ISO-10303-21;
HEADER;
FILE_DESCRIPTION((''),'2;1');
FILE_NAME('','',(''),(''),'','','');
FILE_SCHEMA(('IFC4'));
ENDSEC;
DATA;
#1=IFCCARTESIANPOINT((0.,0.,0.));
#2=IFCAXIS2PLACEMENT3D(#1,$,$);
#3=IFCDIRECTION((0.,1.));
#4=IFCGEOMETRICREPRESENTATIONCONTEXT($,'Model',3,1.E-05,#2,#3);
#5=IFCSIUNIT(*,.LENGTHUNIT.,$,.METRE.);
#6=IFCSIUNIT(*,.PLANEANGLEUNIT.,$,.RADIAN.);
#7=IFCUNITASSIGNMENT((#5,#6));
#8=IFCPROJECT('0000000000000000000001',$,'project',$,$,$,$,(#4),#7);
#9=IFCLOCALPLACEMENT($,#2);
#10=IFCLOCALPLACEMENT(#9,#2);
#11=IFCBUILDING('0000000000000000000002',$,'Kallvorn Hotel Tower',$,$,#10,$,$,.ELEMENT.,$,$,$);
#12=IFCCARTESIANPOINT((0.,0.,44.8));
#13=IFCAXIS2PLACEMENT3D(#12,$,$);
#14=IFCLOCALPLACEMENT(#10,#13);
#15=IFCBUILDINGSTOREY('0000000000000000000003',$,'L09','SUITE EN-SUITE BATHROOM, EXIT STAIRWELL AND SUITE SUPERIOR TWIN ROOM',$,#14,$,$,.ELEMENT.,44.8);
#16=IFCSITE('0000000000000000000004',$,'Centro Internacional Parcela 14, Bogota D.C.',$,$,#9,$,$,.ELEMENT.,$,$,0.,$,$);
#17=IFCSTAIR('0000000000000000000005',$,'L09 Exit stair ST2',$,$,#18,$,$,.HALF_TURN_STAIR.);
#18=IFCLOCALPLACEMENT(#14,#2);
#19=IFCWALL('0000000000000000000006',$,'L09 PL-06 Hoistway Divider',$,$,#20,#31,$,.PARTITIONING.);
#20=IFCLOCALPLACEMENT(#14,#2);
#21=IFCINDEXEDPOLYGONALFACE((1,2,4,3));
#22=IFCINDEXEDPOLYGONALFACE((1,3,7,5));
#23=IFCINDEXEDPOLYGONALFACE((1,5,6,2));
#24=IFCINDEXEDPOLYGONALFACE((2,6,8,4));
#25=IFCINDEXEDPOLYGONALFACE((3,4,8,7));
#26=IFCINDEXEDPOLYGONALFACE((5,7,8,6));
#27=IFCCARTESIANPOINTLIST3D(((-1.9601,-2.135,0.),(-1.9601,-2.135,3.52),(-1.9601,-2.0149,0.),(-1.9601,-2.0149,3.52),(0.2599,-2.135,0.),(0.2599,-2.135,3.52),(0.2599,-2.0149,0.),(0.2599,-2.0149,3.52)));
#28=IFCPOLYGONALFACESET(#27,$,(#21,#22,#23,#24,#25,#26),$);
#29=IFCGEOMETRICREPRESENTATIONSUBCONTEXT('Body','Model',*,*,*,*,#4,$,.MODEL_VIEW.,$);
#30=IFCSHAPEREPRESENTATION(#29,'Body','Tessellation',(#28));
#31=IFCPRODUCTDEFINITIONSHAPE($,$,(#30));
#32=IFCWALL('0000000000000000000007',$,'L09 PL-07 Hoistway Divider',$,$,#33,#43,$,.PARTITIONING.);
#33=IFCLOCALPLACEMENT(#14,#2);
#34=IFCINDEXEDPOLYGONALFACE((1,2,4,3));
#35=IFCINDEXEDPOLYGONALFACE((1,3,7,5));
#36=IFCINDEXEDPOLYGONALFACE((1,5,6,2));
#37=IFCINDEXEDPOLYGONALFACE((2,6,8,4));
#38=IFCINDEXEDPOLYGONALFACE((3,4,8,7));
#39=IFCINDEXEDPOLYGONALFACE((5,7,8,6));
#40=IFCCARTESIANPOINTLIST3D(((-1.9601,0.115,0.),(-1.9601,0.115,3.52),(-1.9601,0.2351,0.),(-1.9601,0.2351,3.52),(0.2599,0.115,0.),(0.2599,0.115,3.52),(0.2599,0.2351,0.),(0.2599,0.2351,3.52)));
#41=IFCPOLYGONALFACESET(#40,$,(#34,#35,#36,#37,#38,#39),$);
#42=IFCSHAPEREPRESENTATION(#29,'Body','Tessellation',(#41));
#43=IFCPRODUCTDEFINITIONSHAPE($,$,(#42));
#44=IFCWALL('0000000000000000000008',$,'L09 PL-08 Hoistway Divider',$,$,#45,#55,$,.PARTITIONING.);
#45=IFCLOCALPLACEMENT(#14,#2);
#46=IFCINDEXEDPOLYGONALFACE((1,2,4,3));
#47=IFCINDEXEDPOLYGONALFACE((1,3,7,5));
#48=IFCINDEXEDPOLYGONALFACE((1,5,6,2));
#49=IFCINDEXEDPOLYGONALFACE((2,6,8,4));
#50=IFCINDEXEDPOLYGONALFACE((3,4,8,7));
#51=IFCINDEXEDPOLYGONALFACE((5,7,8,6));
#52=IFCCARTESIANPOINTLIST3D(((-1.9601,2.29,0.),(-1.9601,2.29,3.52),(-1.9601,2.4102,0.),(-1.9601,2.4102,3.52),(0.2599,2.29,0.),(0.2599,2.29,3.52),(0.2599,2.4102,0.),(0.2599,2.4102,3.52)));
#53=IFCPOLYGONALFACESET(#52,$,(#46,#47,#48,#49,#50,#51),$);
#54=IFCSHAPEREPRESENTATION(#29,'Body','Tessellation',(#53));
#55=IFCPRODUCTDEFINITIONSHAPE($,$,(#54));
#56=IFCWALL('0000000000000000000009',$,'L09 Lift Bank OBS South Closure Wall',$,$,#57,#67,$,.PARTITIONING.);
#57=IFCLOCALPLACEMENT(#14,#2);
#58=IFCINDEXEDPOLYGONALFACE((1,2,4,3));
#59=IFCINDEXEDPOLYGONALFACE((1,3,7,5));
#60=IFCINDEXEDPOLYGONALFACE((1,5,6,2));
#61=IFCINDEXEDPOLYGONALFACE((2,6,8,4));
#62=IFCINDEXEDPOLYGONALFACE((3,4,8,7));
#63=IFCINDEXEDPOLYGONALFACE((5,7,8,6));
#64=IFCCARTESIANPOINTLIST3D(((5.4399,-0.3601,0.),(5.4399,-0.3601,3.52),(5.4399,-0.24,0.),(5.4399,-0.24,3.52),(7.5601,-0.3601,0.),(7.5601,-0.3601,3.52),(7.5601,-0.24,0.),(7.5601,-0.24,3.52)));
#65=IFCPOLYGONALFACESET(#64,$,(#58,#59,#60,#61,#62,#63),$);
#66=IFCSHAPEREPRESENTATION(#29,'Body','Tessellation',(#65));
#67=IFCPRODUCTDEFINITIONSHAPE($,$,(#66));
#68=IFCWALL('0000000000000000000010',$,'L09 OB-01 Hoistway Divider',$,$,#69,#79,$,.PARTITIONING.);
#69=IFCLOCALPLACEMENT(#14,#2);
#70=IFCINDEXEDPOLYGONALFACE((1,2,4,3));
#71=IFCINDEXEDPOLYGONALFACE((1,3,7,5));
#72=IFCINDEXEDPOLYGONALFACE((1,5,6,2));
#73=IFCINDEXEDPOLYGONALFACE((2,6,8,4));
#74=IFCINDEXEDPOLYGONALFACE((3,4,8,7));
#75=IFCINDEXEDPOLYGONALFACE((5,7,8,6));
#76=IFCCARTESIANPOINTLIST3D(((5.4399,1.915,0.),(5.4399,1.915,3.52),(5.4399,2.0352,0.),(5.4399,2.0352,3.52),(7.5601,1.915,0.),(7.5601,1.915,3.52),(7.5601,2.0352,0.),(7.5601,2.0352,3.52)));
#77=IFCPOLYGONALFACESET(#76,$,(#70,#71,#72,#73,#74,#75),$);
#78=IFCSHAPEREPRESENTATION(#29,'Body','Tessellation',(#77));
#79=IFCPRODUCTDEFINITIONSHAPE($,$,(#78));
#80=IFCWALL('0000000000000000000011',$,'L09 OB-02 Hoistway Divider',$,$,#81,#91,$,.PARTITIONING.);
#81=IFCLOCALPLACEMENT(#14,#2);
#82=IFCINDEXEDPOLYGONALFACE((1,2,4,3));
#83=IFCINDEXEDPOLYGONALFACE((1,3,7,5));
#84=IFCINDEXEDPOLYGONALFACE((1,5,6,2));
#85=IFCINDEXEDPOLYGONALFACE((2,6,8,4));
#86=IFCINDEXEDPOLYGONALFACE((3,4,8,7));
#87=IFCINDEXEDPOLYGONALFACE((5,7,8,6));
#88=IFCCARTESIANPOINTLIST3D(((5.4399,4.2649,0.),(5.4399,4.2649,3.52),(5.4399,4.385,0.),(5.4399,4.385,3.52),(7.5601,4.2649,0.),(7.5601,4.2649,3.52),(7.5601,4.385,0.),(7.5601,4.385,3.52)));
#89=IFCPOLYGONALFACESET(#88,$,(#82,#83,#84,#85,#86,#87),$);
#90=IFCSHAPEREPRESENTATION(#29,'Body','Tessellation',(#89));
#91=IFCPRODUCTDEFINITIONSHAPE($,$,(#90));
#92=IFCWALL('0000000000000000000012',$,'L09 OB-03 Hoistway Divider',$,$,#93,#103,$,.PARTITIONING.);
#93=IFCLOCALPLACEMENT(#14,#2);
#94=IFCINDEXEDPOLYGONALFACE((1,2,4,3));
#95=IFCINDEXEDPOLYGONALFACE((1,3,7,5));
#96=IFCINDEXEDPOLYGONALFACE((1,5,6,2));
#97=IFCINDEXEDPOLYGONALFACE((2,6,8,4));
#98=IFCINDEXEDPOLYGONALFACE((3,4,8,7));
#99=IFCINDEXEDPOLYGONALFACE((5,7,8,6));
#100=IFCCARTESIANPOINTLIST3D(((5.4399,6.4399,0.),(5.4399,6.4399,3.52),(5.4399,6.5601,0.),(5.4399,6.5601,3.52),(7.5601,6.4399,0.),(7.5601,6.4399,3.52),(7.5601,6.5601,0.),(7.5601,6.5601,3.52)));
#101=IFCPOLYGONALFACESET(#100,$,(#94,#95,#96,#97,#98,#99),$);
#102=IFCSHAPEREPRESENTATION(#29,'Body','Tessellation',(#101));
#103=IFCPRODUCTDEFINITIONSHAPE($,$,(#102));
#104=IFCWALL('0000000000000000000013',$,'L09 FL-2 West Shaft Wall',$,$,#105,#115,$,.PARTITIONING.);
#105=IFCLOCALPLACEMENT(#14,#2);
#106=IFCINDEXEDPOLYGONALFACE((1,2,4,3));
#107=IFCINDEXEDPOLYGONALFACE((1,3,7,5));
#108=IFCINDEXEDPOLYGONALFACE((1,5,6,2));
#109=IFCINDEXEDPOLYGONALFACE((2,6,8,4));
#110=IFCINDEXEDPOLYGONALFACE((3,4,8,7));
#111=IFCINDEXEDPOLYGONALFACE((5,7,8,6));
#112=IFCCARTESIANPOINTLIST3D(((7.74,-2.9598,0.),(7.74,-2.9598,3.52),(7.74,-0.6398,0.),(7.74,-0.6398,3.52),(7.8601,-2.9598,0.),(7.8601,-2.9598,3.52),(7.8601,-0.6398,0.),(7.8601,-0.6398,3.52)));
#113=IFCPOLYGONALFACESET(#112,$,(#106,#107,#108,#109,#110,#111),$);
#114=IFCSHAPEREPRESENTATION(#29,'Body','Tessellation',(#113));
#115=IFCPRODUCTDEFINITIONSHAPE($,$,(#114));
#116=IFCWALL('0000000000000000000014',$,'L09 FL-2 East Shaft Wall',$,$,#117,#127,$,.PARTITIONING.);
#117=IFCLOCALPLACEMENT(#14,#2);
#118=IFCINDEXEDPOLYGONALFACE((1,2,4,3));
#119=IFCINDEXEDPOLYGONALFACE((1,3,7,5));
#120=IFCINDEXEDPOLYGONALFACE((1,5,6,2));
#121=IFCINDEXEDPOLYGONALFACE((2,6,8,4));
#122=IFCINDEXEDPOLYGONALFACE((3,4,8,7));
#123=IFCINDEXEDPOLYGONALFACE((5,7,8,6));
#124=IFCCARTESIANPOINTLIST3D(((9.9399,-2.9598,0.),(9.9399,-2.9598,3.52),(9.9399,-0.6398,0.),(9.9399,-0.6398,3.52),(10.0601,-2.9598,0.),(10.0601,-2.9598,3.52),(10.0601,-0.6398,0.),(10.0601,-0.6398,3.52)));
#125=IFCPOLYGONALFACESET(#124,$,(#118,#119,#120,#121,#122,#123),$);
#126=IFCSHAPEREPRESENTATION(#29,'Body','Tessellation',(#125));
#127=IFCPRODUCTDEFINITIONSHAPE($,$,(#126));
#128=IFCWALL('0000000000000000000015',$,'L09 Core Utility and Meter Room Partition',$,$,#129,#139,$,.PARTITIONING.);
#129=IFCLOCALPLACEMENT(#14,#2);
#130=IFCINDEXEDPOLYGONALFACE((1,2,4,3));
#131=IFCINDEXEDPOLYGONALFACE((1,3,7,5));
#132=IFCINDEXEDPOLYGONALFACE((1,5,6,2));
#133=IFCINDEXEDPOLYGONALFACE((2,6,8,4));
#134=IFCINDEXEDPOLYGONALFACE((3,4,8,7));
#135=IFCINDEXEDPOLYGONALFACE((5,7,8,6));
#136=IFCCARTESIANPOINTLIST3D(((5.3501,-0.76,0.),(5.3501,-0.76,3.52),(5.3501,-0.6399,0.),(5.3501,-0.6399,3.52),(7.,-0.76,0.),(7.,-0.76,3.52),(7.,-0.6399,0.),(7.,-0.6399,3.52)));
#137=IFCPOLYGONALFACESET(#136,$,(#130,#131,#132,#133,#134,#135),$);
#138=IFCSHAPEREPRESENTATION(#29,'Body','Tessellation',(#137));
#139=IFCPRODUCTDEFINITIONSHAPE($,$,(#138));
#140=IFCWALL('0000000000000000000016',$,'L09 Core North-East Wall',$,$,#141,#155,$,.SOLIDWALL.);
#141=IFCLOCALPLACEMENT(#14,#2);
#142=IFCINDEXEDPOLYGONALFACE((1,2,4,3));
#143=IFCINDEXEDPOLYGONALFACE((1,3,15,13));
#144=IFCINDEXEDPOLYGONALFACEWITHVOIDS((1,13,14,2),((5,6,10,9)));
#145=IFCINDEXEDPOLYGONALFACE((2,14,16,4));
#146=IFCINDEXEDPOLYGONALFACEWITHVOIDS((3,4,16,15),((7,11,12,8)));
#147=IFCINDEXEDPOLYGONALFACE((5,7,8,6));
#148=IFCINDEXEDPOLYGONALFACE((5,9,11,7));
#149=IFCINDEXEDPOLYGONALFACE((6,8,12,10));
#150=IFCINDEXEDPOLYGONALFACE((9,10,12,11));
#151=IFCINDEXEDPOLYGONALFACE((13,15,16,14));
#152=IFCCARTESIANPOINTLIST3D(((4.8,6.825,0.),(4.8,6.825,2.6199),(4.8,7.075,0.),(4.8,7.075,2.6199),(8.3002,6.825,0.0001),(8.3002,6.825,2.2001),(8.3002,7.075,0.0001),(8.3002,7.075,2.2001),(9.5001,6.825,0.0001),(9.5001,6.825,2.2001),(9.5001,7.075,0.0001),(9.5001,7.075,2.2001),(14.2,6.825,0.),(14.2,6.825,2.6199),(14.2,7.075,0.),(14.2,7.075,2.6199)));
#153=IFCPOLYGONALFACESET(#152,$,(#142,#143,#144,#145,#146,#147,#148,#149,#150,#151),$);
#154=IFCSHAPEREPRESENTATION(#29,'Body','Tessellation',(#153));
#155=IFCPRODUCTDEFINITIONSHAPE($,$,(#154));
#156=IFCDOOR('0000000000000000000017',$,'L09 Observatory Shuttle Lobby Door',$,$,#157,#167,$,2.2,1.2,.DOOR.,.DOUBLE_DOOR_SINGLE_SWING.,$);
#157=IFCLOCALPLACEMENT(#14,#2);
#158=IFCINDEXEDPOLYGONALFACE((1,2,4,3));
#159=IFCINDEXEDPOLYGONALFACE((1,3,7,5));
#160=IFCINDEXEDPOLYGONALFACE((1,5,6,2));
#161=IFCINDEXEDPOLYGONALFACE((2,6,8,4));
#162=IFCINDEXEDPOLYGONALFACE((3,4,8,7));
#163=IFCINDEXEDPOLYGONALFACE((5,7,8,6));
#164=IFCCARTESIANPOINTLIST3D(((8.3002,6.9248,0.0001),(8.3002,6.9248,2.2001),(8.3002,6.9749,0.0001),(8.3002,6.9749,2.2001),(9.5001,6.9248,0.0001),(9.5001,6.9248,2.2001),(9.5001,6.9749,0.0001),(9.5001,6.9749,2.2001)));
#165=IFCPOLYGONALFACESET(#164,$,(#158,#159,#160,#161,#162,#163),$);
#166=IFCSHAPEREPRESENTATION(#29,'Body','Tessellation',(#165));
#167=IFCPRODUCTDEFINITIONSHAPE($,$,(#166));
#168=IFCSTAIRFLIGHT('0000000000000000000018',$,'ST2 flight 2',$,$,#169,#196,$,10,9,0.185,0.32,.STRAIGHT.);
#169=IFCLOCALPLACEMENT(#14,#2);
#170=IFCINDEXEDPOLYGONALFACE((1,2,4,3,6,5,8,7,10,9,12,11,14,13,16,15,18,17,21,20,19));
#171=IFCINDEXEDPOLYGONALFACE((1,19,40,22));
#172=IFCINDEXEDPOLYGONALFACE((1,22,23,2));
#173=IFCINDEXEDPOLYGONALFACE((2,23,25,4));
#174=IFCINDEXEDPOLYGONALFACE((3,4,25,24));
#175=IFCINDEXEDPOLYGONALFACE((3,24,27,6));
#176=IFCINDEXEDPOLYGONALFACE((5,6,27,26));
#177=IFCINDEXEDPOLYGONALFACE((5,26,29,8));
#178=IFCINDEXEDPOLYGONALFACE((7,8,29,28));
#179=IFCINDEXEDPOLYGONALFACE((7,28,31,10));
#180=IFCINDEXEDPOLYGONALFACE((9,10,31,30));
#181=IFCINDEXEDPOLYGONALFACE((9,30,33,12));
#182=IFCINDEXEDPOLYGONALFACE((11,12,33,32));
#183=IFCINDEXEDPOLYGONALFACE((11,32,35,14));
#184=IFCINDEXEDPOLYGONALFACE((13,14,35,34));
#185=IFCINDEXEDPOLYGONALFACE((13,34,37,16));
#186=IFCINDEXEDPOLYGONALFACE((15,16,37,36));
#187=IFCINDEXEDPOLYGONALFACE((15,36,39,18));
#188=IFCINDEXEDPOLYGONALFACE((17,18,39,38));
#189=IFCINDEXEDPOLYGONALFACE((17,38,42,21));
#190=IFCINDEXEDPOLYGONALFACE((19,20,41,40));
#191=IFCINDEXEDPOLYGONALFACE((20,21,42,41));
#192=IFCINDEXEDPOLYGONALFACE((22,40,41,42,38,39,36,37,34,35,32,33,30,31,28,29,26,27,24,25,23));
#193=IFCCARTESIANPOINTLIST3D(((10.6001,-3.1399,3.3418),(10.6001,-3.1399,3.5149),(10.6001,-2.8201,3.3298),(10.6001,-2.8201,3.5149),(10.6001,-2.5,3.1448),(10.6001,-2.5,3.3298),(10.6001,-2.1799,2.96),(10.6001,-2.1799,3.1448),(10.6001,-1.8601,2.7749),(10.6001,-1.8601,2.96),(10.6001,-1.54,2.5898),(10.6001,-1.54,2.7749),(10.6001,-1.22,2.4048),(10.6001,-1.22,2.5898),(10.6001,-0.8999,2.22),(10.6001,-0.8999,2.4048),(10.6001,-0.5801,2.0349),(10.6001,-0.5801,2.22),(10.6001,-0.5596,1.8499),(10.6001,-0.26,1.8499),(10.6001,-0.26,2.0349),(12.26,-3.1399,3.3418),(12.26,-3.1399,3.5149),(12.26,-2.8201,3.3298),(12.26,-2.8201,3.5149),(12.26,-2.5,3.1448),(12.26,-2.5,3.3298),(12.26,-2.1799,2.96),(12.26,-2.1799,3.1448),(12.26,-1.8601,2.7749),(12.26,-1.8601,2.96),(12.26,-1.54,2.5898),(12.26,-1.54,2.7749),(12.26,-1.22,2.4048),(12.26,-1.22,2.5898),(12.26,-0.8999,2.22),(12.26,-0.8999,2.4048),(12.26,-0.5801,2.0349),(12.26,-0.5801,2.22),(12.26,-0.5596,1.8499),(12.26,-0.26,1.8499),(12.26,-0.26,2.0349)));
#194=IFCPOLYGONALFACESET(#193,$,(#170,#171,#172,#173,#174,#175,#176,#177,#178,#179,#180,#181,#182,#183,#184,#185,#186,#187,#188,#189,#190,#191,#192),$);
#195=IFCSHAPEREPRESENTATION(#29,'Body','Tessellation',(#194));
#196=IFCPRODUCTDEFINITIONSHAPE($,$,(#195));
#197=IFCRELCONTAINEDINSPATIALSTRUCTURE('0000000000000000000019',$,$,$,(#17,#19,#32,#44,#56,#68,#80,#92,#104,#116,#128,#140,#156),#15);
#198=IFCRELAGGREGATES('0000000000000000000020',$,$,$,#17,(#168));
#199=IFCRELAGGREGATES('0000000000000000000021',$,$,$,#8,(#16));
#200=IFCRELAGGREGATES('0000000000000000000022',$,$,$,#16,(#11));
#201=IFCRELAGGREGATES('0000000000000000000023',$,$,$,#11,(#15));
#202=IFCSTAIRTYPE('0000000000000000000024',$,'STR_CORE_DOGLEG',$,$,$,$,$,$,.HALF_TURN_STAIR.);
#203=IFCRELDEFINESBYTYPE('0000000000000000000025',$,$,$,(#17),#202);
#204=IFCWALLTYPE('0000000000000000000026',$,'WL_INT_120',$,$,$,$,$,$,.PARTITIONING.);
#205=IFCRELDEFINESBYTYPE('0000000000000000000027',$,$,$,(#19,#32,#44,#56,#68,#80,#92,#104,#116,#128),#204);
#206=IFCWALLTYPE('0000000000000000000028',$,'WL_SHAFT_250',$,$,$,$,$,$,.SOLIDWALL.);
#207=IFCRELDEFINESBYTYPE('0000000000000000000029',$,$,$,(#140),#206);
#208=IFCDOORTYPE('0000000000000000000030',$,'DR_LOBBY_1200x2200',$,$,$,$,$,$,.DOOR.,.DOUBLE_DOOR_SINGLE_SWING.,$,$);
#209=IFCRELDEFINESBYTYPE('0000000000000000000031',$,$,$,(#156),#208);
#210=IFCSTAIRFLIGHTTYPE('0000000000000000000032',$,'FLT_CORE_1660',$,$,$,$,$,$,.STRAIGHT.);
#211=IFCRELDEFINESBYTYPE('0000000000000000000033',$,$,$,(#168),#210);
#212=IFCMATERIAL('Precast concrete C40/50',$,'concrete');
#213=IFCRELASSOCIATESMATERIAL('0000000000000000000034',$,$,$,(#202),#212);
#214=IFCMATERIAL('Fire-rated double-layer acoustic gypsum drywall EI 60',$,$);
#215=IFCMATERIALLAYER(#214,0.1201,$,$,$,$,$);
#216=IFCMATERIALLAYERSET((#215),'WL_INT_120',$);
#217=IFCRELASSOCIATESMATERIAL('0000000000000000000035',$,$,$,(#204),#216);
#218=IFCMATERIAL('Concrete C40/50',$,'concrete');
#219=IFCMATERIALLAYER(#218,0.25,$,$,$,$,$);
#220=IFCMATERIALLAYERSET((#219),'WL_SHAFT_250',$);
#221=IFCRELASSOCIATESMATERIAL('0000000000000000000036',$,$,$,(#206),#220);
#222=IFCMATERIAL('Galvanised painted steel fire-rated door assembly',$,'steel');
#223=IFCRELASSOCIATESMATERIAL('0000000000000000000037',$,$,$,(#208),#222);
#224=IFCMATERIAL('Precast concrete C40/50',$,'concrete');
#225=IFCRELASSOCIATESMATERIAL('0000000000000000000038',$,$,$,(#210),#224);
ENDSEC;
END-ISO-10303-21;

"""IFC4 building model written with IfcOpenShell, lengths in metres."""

from ifc_helpers import new_model, si_unit, direction, frame, frame_2d, origin, place, context, subcontext, project, spatial, polyline, rectangle, outline, extrude, material, layer, layer_set, type_object, element, fill, aggregate, save


model = new_model("IFC4")

# Units and contexts
model_context = context("Model", 3, precision=1e-05, world=origin(), true_north=direction((0.0, 1.0)))
body_context = subcontext(model_context, "Body", "Model", "MODEL_VIEW")
ifc_project = project(units=[si_unit("LENGTHUNIT", "METRE"), si_unit("PLANEANGLEUNIT", "RADIAN")], contexts=[model_context])

# Site, building, storey
site_placement = place(None, origin())
site = spatial("IfcSite", under=ifc_project, at=site_placement, Name="Centro Internacional Parcela 14, Bogota D.C.", CompositionType="ELEMENT", RefElevation=0.0)
building_placement = place(site_placement, origin())
building = spatial("IfcBuilding", under=site, at=building_placement, Name="Kallvorn Hotel Tower", CompositionType="ELEMENT")
storey_placement = place(building_placement, frame((0.0, 0.0, 44.8)))
storey = spatial("IfcBuildingStorey", under=building, at=storey_placement, Name="L09", Description="SUITE EN-SUITE BATHROOM, EXIT STAIRWELL AND SUITE SUPERIOR TWIN ROOM", CompositionType="ELEMENT", Elevation=44.8)

# Stair
ifc_material_1 = material(Name="Precast concrete C40/50", Category="concrete")
stair_type = type_object("IfcStairType", Name="STR_CORE_DOGLEG", PredefinedType="HALF_TURN_STAIR", material=ifc_material_1)
stair_1_placement = place(storey_placement, origin())
stair_1 = element("IfcStair", 1, at=stair_1_placement, inside=storey, type_object=stair_type, Name="L09 Exit stair ST2", PredefinedType="HALF_TURN_STAIR")

# Walls
ifc_material_2 = material(Name="Fire-rated double-layer acoustic gypsum drywall EI 60")
ifc_layer_1 = layer(ifc_material_2, 0.1201)
ifc_layer_set_1 = layer_set([ifc_layer_1], Name="WL_INT_120")
wall_type_1 = type_object("IfcWallType", Name="WL_INT_120", PredefinedType="PARTITIONING", material=ifc_layer_set_1)
for number, where, z_axis, x_axis, name in (
    (2, (-1.96, -2.075, 0.0), (0.0, 0.0, 1.0), (1.0, 0.0, 0.0), "L09 PL-06 Hoistway Divider"),
    (3, (-1.96, 0.175, 0.0), (0.0, 0.0, 1.0), (1.0, 0.0, 0.0), "L09 PL-07 Hoistway Divider"),
    (4, (-1.96, 2.3501, 0.0), (0.0, 0.0, 1.0), (1.0, 0.0, 0.0), "L09 PL-08 Hoistway Divider"),
):
    element("IfcWall", number, at=place(storey_placement, frame(where, z_axis=z_axis, x_axis=x_axis)), inside=storey, type_object=wall_type_1, Name=name, PredefinedType="PARTITIONING", context=body_context, shape_type="SweptSolid", body=[
        extrude(rectangle(XDim=2.22, YDim=0.1201, at=frame_2d((1.1099, 0.0))), origin(), (0.0, 0.0, 1.0), 3.52),
    ])
for number, where, z_axis, x_axis, name in (
    (5, (5.4399, -0.3, 0.0), (0.0, 0.0, 1.0), (1.0, 0.0, 0.0), "L09 Lift Bank OBS South Closure Wall"),
    (6, (5.4399, 1.9751, 0.0), (0.0, 0.0, 1.0), (1.0, 0.0, 0.0), "L09 OB-01 Hoistway Divider"),
    (7, (5.4399, 4.325, 0.0), (0.0, 0.0, 1.0), (1.0, 0.0, 0.0), "L09 OB-02 Hoistway Divider"),
    (8, (5.4399, 6.5, 0.0), (0.0, 0.0, 1.0), (1.0, 0.0, 0.0), "L09 OB-03 Hoistway Divider"),
):
    element("IfcWall", number, at=place(storey_placement, frame(where, z_axis=z_axis, x_axis=x_axis)), inside=storey, type_object=wall_type_1, Name=name, PredefinedType="PARTITIONING", context=body_context, shape_type="SweptSolid", body=[
        extrude(rectangle(XDim=2.1201, YDim=0.1201, at=frame_2d((1.0601, 0.0))), origin(), (0.0, 0.0, 1.0), 3.52),
    ])
for number, where, z_axis, x_axis, name in (
    (9, (7.8, -2.96, 0.0), (0.0, 0.0, 1.0), (0.0, 1.0, 0.0), "L09 FL-2 West Shaft Wall"),
    (10, (10.0, -2.96, 0.0), (0.0, 0.0, 1.0), (0.0, 1.0, 0.0), "L09 FL-2 East Shaft Wall"),
):
    element("IfcWall", number, at=place(storey_placement, frame(where, z_axis=z_axis, x_axis=x_axis)), inside=storey, type_object=wall_type_1, Name=name, PredefinedType="PARTITIONING", context=body_context, shape_type="SweptSolid", body=[
        extrude(rectangle(XDim=2.3201, YDim=0.1201, at=frame_2d((1.1602, 0.0))), origin(), (0.0, 0.0, 1.0), 3.52),
    ])
wall_1_placement = place(storey_placement, frame((5.3501, -0.7, 0.0), z_axis=(0.0, 0.0, 1.0), x_axis=(1.0, 0.0, 0.0)))
element("IfcWall", 11, at=wall_1_placement, inside=storey, type_object=wall_type_1, Name="L09 Core Utility and Meter Room Partition", PredefinedType="PARTITIONING", context=body_context, shape_type="SweptSolid", body=[
    extrude(rectangle(XDim=1.6499, YDim=0.1201, at=frame_2d((0.825, 0.0))), origin(), (0.0, 0.0, 1.0), 3.52),
])

# Wall, opening, door
ifc_material_3 = material(Name="Concrete C40/50", Category="concrete")
ifc_layer_2 = layer(ifc_material_3, 0.25)
ifc_layer_set_2 = layer_set([ifc_layer_2], Name="WL_SHAFT_250")
wall_type_2 = type_object("IfcWallType", Name="WL_SHAFT_250", PredefinedType="SOLIDWALL", material=ifc_layer_set_2)
wall_2_placement = place(storey_placement, frame((4.8, 6.95, 0.0), z_axis=(0.0, 0.0, 1.0), x_axis=(1.0, 0.0, 0.0)))
wall_2 = element("IfcWall", 12, at=wall_2_placement, inside=storey, type_object=wall_type_2, Name="L09 Core North-East Wall", PredefinedType="SOLIDWALL", context=body_context, shape_type="SweptSolid", body=[
    extrude(rectangle(XDim=9.3999, YDim=0.25, at=frame_2d((4.7, 0.0))), origin(), (0.0, 0.0, 1.0), 2.6199),
])
opening_placement = place(wall_2_placement, frame((3.5, 0.0, 0.0)))
opening = element("IfcOpeningElement", 13, at=opening_placement, cuts=wall_2, PredefinedType="OPENING", context=body_context, shape_type="SweptSolid", body=[
    extrude(rectangle(XDim=1.2, YDim=2.2, at=frame_2d((0.6001, 1.1001))), frame((0.0, 0.1399, 0.0), z_axis=(0.0, -1.0, 0.0), x_axis=(1.0, 0.0, 0.0)), (0.0, 0.0, 1.0), 0.28),
])
ifc_material_4 = material(Name="Galvanised painted steel fire-rated door assembly", Category="steel")
door_type = type_object("IfcDoorType", Name="DR_LOBBY_1200x2200", OperationType="DOUBLE_DOOR_SINGLE_SWING", PredefinedType="DOOR", material=ifc_material_4)
door_placement = place(opening_placement, origin())
door = element("IfcDoor", 14, at=door_placement, inside=storey, type_object=door_type, Name="L09 Observatory Shuttle Lobby Door", OperationType="DOUBLE_DOOR_SINGLE_SWING", OverallHeight=2.2, OverallWidth=1.2, PredefinedType="DOOR", context=body_context, shape_type="SweptSolid", body=[
    extrude(rectangle(XDim=1.2, YDim=2.2, at=frame_2d((0.6001, 1.1001))), frame((0.0, 0.0249, 0.0), z_axis=(0.0, -1.0, 0.0), x_axis=(1.0, 0.0, 0.0)), (0.0, 0.0, 1.0), 0.05),
])
fill(opening, door)

# Stair flight
ifc_material_5 = material(Name="Precast concrete C40/50", Category="concrete")
stair_flight_type = type_object("IfcStairFlightType", Name="FLT_CORE_1660", PredefinedType="STRAIGHT", material=ifc_material_5)
stair_flight_1_placement = place(storey_placement, frame((11.4299, -0.26, 1.8499), z_axis=(0.0, 0.0, 1.0), x_axis=(0.0, -1.0, 0.0)))
stair_flight_1 = element("IfcStairFlight", 15, at=stair_flight_1_placement, type_object=stair_flight_type, Name="ST2 flight 2", NumberOfRisers=10, NumberOfTreads=9, PredefinedType="STRAIGHT", RiserHeight=0.185, TreadLength=0.32, context=body_context, shape_type="SweptSolid", body=[
    extrude(outline(polyline([(0.0, 0.0), (0.0, 0.1851), (0.3201, 0.1851), (0.3201, 0.3701), (0.6399, 0.3701), (0.6399, 0.5549), (0.96, 0.5549), (0.96, 0.74), (1.28, 0.74), (1.28, 0.925), (1.6001, 0.925), (1.6001, 1.1101), (1.9199, 1.1101), (1.9199, 1.2949), (2.24, 1.2949), (2.24, 1.48), (2.5601, 1.48), (2.5601, 1.665), (2.8799, 1.665), (2.8799, 1.8501), (2.8799, 1.4919), (0.2996, 0.0), (0.0, 0.0)])), frame((0.0, 0.8301, 0.0), z_axis=(0.0, -1.0, 0.0), x_axis=(1.0, 0.0, 0.0)), (0.0, 0.0, 1.0), 1.6599),
])
aggregate(stair_1, [stair_flight_1])

save(model, "model.ifc")
